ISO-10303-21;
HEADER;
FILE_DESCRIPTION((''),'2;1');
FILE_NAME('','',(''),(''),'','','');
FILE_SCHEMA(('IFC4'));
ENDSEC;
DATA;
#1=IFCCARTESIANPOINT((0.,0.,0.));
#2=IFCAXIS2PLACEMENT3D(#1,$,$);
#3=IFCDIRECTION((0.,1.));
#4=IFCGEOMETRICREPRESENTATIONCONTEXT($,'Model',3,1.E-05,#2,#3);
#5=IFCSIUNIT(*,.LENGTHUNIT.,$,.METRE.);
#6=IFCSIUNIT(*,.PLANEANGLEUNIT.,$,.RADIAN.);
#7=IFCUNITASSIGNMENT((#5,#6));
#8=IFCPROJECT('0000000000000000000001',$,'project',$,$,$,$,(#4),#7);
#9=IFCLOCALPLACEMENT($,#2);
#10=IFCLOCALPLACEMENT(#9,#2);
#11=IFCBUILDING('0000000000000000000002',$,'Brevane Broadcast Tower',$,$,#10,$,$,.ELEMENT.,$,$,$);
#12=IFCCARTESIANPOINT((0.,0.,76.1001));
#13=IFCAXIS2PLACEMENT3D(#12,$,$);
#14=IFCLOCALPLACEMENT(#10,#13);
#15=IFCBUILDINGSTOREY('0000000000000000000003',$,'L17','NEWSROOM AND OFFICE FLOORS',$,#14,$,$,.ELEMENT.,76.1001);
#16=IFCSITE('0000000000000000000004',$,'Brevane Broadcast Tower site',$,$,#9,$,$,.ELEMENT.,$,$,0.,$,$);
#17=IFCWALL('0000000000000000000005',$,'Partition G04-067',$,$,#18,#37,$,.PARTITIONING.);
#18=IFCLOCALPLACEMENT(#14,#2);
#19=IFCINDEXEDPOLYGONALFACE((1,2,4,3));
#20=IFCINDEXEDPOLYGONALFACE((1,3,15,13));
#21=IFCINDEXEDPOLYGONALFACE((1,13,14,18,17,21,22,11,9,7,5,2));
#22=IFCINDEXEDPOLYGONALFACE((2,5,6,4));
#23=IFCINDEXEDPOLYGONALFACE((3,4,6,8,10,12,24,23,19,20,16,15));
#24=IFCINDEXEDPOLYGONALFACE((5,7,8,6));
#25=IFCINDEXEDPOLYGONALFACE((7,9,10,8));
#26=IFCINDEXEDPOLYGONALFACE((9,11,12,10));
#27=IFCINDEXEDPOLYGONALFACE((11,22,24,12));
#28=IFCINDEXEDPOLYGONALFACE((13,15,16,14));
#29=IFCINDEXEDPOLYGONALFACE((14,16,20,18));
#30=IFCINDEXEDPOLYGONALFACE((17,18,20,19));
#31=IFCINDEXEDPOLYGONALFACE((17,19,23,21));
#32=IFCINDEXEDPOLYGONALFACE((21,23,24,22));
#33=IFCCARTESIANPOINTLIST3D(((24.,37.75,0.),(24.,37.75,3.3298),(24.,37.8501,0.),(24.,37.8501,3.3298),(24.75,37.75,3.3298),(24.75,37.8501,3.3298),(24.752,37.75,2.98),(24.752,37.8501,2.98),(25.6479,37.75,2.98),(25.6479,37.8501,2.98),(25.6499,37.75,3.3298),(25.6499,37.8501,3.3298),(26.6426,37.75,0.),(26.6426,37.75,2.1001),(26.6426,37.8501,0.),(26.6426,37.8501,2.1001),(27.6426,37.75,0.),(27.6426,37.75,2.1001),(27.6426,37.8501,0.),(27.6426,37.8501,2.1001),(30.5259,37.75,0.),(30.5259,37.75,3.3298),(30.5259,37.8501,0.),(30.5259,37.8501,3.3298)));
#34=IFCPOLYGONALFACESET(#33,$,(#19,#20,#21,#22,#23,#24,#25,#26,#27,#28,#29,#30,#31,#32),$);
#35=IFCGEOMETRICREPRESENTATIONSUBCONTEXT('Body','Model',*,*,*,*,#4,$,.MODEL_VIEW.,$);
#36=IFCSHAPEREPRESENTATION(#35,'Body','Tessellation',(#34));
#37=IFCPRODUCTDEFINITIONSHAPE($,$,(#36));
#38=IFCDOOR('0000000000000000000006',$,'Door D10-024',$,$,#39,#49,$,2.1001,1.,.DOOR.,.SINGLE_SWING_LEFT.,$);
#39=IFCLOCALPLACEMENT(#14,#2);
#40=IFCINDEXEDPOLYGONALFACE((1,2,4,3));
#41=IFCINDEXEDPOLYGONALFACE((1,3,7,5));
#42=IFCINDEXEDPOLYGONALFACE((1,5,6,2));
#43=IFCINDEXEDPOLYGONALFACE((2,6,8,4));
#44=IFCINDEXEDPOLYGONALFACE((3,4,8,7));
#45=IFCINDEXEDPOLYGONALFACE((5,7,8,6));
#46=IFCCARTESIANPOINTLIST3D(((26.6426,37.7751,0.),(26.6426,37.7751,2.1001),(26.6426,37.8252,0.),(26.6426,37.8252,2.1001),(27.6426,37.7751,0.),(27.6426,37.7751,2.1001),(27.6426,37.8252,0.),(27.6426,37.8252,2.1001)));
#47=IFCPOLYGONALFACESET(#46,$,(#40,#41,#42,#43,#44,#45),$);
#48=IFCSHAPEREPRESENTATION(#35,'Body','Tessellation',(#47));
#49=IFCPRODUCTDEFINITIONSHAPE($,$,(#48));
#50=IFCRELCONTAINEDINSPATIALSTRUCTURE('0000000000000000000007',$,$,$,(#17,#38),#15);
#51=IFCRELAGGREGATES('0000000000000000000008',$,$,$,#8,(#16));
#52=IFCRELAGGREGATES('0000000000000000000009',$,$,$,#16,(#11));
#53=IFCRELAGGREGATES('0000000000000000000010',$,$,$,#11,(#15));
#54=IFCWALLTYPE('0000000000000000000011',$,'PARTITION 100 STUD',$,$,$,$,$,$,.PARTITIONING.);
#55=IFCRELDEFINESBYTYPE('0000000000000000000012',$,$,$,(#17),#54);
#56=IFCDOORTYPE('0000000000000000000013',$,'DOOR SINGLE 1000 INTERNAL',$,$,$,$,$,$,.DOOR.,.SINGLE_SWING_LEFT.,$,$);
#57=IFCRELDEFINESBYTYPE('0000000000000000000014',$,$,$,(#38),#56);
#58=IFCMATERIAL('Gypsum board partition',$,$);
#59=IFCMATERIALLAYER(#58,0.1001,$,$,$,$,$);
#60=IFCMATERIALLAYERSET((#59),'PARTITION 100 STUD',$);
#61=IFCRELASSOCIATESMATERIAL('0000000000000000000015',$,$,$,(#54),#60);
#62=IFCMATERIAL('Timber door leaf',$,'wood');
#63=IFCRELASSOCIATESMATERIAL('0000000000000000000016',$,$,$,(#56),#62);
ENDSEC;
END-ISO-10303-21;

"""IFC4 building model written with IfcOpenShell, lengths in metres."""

from ifc_helpers import new_model, si_unit, direction, frame, frame_2d, origin, place, context, subcontext, project, spatial, polyline, rectangle, outline, extrude, material, layer, layer_set, type_object, element, fill, save


model = new_model("IFC4")

# Units and contexts
model_context = context("Model", 3, precision=1e-05, world=origin(), true_north=direction((0.0, 1.0)))
body_context = subcontext(model_context, "Body", "Model", "MODEL_VIEW")
ifc_project = project(units=[si_unit("LENGTHUNIT", "METRE"), si_unit("PLANEANGLEUNIT", "RADIAN")], contexts=[model_context])

# Site, building, storey
site_placement = place(None, origin())
site = spatial("IfcSite", under=ifc_project, at=site_placement, Name="Brevane Broadcast Tower site", CompositionType="ELEMENT", RefElevation=0.0)
building_placement = place(site_placement, origin())
building = spatial("IfcBuilding", under=site, at=building_placement, Name="Brevane Broadcast Tower", CompositionType="ELEMENT")
storey_placement = place(building_placement, frame((0.0, 0.0, 76.1001)))
storey = spatial("IfcBuildingStorey", under=building, at=storey_placement, Name="L17", Description="NEWSROOM AND OFFICE FLOORS", CompositionType="ELEMENT", Elevation=76.1001)

# Shared definitions
ifc_material_1 = material(Name="Gypsum board partition")
ifc_layer = layer(ifc_material_1, 0.1001)
ifc_layer_set = layer_set([ifc_layer], Name="PARTITION 100 STUD")
wall_type = type_object("IfcWallType", Name="PARTITION 100 STUD", PredefinedType="PARTITIONING", material=ifc_layer_set)

# Wall, opening, door
wall_1_placement = place(storey_placement, frame((30.5259, 37.8, 0.0), z_axis=(0.0, 0.0, 1.0), x_axis=(-1.0, 0.0, 0.0)))
wall_1 = element("IfcWall", 1, at=wall_1_placement, inside=storey, type_object=wall_type, Name="Partition G04-067", PredefinedType="PARTITIONING", context=body_context, shape_type="SweptSolid", body=[
    extrude(outline(polyline([(0.0, 0.0), (6.5259, 0.0), (6.5259, 3.3298), (5.7759, 3.3298), (5.7739, 2.98), (4.8779, 2.98), (4.876, 3.3298), (0.2832, 3.3298), (0.0, 3.3298), (0.0, 0.0)])), frame((0.0, 0.05, 0.0), z_axis=(0.0, -1.0, 0.0), x_axis=(1.0, 0.0, 0.0)), (0.0, 0.0, 1.0), 0.1001),
])
opening_placement = place(wall_1_placement, frame((2.8833, 0.0, 0.0)))
opening = element("IfcOpeningElement", 2, at=opening_placement, cuts=wall_1, PredefinedType="OPENING", context=body_context, shape_type="SweptSolid", body=[
    extrude(rectangle(XDim=1.0, YDim=2.1001, at=frame_2d((0.5, 1.05))), frame((0.0, 0.0601, 0.0), z_axis=(0.0, -1.0, 0.0), x_axis=(1.0, 0.0, 0.0)), (0.0, 0.0, 1.0), 0.1201),
])
ifc_material_2 = material(Name="Timber door leaf", Category="wood")
door_type = type_object("IfcDoorType", Name="DOOR SINGLE 1000 INTERNAL", OperationType="SINGLE_SWING_LEFT", PredefinedType="DOOR", material=ifc_material_2)
door_placement = place(opening_placement, origin())
door = element("IfcDoor", 3, at=door_placement, inside=storey, type_object=door_type, Name="Door D10-024", OperationType="SINGLE_SWING_LEFT", OverallHeight=2.1001, OverallWidth=1.0, PredefinedType="DOOR", context=body_context, shape_type="SweptSolid", body=[
    extrude(rectangle(XDim=1.0, YDim=2.1001, at=frame_2d((0.5, 1.05))), frame((0.0, 0.0249, 0.0), z_axis=(0.0, -1.0, 0.0), x_axis=(1.0, 0.0, 0.0)), (0.0, 0.0, 1.0), 0.05),
])
fill(opening, door)

save(model, "model.ifc")
